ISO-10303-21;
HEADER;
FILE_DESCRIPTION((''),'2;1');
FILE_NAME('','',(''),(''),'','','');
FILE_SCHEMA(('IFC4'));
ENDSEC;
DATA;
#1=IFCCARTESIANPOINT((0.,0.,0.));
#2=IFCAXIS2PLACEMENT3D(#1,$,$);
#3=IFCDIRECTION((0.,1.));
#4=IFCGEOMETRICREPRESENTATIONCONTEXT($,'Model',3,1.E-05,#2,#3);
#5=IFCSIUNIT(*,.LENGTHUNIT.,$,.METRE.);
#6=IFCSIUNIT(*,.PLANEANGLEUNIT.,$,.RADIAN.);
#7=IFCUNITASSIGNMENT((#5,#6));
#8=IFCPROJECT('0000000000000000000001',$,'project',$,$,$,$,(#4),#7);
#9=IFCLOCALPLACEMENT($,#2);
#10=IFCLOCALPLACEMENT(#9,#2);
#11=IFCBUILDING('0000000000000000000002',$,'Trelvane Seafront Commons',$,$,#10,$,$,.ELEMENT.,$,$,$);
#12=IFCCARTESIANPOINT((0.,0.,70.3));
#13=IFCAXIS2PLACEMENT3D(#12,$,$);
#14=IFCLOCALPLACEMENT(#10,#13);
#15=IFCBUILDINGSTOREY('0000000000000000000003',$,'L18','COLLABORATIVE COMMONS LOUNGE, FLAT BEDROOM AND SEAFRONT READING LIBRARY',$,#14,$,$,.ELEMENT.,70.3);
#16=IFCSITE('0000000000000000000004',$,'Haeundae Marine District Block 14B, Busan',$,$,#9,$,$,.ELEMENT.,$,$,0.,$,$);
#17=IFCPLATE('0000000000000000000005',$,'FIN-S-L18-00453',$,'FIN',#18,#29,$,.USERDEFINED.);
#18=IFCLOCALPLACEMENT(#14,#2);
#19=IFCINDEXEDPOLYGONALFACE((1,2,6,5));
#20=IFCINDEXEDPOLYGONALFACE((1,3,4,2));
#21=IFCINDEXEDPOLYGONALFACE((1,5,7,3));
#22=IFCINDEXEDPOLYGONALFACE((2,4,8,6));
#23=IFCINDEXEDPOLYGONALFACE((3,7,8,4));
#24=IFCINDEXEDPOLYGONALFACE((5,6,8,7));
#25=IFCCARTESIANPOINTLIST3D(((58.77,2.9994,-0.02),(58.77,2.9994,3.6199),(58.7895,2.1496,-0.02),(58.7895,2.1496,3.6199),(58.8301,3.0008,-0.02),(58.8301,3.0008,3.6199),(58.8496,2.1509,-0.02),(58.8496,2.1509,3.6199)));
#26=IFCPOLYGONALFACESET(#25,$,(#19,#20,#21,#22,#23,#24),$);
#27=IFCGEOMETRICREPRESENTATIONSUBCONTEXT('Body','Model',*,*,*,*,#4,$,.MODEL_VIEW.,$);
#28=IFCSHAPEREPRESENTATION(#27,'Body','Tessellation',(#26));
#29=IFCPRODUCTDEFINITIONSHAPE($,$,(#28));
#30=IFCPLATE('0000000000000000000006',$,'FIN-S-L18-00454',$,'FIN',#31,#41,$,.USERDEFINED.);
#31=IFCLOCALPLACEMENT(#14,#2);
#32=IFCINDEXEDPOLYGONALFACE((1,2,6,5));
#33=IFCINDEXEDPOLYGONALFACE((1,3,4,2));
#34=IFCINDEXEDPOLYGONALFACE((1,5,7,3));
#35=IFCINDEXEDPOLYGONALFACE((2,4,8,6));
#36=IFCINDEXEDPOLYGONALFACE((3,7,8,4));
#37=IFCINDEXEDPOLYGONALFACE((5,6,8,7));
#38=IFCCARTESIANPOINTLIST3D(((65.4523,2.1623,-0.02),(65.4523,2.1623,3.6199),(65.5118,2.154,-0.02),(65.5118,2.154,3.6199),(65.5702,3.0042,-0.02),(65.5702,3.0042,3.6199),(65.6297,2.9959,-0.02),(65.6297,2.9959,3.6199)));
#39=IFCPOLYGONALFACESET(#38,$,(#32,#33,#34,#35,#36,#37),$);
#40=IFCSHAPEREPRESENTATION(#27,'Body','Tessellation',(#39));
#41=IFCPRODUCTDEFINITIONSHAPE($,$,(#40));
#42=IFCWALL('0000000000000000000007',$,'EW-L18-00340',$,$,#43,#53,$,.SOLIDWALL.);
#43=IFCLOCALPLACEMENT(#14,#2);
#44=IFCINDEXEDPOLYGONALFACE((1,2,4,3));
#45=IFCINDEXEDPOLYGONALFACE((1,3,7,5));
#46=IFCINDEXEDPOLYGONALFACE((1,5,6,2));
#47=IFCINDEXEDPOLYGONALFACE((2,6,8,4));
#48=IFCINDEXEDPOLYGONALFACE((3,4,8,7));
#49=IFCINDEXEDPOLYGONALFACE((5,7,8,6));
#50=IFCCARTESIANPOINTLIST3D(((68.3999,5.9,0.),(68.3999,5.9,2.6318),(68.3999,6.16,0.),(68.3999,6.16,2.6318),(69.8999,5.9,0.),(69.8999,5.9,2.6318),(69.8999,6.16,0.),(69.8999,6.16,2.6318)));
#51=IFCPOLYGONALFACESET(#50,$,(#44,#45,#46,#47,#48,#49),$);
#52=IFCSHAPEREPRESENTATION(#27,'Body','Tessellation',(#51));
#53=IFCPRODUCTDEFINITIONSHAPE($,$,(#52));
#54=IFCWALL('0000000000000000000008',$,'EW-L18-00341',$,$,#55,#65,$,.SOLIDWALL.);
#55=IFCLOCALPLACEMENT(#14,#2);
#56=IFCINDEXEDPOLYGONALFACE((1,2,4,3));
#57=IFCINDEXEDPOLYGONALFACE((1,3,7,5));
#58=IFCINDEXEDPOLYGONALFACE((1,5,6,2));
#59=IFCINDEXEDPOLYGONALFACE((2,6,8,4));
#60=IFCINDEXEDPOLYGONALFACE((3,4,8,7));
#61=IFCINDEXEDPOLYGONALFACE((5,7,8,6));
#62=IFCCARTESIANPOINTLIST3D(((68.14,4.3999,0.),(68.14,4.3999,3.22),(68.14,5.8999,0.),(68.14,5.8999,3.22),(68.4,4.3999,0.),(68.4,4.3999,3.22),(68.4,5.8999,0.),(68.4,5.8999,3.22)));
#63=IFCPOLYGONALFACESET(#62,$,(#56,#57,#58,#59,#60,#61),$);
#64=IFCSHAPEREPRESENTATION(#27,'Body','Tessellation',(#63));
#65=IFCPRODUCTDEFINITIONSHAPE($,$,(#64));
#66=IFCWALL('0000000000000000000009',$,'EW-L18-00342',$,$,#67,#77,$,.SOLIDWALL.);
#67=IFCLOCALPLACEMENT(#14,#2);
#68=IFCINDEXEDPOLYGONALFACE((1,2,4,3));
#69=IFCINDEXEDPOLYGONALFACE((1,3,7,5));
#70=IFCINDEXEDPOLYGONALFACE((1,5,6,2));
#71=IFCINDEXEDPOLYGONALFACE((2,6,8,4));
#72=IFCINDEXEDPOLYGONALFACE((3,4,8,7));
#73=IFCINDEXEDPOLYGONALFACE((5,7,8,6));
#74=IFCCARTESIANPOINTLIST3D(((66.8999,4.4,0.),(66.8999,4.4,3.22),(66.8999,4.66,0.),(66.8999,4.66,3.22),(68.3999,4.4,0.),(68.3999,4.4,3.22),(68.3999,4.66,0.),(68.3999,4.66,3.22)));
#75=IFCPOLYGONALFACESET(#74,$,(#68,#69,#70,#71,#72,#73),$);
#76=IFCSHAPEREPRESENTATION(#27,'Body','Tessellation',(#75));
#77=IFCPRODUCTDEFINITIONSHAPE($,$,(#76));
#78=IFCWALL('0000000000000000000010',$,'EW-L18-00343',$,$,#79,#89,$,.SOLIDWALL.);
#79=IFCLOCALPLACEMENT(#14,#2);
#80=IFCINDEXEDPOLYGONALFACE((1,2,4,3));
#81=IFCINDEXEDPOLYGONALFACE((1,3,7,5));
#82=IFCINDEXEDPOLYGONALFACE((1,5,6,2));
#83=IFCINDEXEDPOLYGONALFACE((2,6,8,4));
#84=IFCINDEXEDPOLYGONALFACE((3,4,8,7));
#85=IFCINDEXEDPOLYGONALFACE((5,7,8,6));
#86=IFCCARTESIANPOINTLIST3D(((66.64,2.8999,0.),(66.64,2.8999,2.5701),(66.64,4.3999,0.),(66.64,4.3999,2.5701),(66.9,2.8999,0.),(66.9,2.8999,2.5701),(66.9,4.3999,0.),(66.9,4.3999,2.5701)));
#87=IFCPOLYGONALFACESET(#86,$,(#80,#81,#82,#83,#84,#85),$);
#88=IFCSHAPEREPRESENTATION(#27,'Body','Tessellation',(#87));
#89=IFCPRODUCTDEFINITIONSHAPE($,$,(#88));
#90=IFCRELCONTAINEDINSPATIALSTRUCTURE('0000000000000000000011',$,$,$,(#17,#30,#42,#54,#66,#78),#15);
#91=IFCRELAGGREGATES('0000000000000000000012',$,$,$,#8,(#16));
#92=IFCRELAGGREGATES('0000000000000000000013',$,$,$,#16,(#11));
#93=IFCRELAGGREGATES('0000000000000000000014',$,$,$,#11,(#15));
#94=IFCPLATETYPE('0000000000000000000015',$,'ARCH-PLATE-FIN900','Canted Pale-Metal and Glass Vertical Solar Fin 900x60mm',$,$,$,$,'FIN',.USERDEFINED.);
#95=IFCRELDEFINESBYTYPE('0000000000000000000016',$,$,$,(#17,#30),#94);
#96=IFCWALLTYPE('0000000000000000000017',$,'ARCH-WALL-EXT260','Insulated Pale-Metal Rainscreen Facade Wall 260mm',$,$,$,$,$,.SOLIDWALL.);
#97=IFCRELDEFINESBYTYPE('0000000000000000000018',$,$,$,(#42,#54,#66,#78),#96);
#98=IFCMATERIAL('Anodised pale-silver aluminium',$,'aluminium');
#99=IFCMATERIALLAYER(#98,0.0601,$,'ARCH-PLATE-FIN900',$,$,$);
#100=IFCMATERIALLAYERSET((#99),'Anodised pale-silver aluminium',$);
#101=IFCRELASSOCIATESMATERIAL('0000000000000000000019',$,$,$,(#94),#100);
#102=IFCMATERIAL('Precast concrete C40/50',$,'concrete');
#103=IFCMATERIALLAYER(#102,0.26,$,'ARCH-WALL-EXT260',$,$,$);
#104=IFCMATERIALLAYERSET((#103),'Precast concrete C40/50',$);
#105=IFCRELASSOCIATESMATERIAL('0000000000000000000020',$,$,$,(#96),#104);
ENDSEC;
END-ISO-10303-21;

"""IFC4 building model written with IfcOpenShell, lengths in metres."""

from ifc_helpers import new_model, si_unit, direction, frame, frame_2d, origin, origin_2d, place, context, subcontext, project, spatial, rectangle, extrude, source, transform, mapped, material, layer, layer_set, type_object, element, save


model = new_model("IFC4")

# Units and contexts
model_context = context("Model", 3, precision=1e-05, world=origin(), true_north=direction((0.0, 1.0)))
body_context = subcontext(model_context, "Body", "Model", "MODEL_VIEW")
ifc_project = project(units=[si_unit("LENGTHUNIT", "METRE"), si_unit("PLANEANGLEUNIT", "RADIAN")], contexts=[model_context])

# Site, building, storey
site_placement = place(None, origin())
site = spatial("IfcSite", under=ifc_project, at=site_placement, Name="Haeundae Marine District Block 14B, Busan", CompositionType="ELEMENT", RefElevation=0.0)
building_placement = place(site_placement, origin())
building = spatial("IfcBuilding", under=site, at=building_placement, Name="Trelvane Seafront Commons", CompositionType="ELEMENT")
storey_placement = place(building_placement, frame((0.0, 0.0, 70.3)))
storey = spatial("IfcBuildingStorey", under=building, at=storey_placement, Name="L18", Description="COLLABORATIVE COMMONS LOUNGE, FLAT BEDROOM AND SEAFRONT READING LIBRARY", CompositionType="ELEMENT", Elevation=70.3)

# Plates
ifc_material_1 = material(Name="Anodised pale-silver aluminium", Category="aluminium")
ifc_layer_1 = layer(ifc_material_1, 0.0601, Name="ARCH-PLATE-FIN900")
ifc_layer_set_1 = layer_set([ifc_layer_1], Name="Anodised pale-silver aluminium")
plate_type = type_object("IfcPlateType", Name="ARCH-PLATE-FIN900", Description="Canted Pale-Metal and Glass Vertical Solar Fin 900x60mm", ElementType="FIN", PredefinedType="USERDEFINED", material=ifc_layer_set_1)
shared_shape_1 = source(origin(), body_context, "Body", "SweptSolid", [
    extrude(rectangle(XDim=0.8501, YDim=0.0601, at=origin_2d()), origin(), (0.0, 0.0, 1.0), 3.6399),
])
for number, where, z_axis, x_axis, name in (
    (1, (58.8098, 2.5752, -0.02), (0.0, 0.0, 1.0), (0.02294, -0.999737, 0.0), "FIN-S-L18-00453"),
    (2, (65.541, 2.5791, -0.02), (0.0, 0.0, 1.0), (-0.138703, -0.990334, 0.0), "FIN-S-L18-00454"),
):
    element("IfcPlate", number, at=place(storey_placement, frame(where, z_axis=z_axis, x_axis=x_axis)), inside=storey, type_object=plate_type, Name=name, ObjectType="FIN", PredefinedType="USERDEFINED", context=body_context, shape_type="MappedRepresentation", body=[
        mapped(shared_shape_1, transform((0.0, 0.0, 0.0), x_axis=(1.0, 0.0, 0.0), y_axis=(0.0, 1.0, 0.0), z_axis=(0.0, 0.0, 1.0), scale=1.0)),
    ])

# Walls
ifc_material_2 = material(Name="Precast concrete C40/50", Category="concrete")
ifc_layer_2 = layer(ifc_material_2, 0.26, Name="ARCH-WALL-EXT260")
ifc_layer_set_2 = layer_set([ifc_layer_2], Name="Precast concrete C40/50")
wall_type_1 = type_object("IfcWallType", Name="ARCH-WALL-EXT260", Description="Insulated Pale-Metal Rainscreen Facade Wall 260mm", PredefinedType="SOLIDWALL", material=ifc_layer_set_2)
wall_1_placement = place(storey_placement, frame((69.8999, 6.03, 0.0), z_axis=(0.0, 0.0, 1.0), x_axis=(-1.0, 0.0, 0.0)))
element("IfcWall", 3, at=wall_1_placement, inside=storey, type_object=wall_type_1, Name="EW-L18-00340", PredefinedType="SOLIDWALL", context=body_context, shape_type="SweptSolid", body=[
    extrude(rectangle(XDim=1.5, YDim=0.26, at=frame_2d((0.75, 0.0))), origin(), (0.0, 0.0, 1.0), 2.6318),
])
for number, where, z_axis, x_axis, name in (
    (4, (68.27, 5.8999, 0.0), (0.0, 0.0, 1.0), (0.0, -1.0, 0.0), "EW-L18-00341"),
    (5, (68.3999, 4.53, 0.0), (0.0, 0.0, 1.0), (-1.0, 0.0, 0.0), "EW-L18-00342"),
):
    element("IfcWall", number, at=place(storey_placement, frame(where, z_axis=z_axis, x_axis=x_axis)), inside=storey, type_object=wall_type_1, Name=name, PredefinedType="SOLIDWALL", context=body_context, shape_type="SweptSolid", body=[
        extrude(rectangle(XDim=1.5, YDim=0.26, at=frame_2d((0.75, 0.0))), origin(), (0.0, 0.0, 1.0), 3.22),
    ])
wall_2_placement = place(storey_placement, frame((66.77, 4.3999, 0.0), z_axis=(0.0, 0.0, 1.0), x_axis=(0.0, -1.0, 0.0)))
element("IfcWall", 6, at=wall_2_placement, inside=storey, type_object=wall_type_1, Name="EW-L18-00343", PredefinedType="SOLIDWALL", context=body_context, shape_type="SweptSolid", body=[
    extrude(rectangle(XDim=1.5, YDim=0.26, at=frame_2d((0.75, 0.0))), origin(), (0.0, 0.0, 1.0), 2.5701),
])

save(model, "model.ifc")
